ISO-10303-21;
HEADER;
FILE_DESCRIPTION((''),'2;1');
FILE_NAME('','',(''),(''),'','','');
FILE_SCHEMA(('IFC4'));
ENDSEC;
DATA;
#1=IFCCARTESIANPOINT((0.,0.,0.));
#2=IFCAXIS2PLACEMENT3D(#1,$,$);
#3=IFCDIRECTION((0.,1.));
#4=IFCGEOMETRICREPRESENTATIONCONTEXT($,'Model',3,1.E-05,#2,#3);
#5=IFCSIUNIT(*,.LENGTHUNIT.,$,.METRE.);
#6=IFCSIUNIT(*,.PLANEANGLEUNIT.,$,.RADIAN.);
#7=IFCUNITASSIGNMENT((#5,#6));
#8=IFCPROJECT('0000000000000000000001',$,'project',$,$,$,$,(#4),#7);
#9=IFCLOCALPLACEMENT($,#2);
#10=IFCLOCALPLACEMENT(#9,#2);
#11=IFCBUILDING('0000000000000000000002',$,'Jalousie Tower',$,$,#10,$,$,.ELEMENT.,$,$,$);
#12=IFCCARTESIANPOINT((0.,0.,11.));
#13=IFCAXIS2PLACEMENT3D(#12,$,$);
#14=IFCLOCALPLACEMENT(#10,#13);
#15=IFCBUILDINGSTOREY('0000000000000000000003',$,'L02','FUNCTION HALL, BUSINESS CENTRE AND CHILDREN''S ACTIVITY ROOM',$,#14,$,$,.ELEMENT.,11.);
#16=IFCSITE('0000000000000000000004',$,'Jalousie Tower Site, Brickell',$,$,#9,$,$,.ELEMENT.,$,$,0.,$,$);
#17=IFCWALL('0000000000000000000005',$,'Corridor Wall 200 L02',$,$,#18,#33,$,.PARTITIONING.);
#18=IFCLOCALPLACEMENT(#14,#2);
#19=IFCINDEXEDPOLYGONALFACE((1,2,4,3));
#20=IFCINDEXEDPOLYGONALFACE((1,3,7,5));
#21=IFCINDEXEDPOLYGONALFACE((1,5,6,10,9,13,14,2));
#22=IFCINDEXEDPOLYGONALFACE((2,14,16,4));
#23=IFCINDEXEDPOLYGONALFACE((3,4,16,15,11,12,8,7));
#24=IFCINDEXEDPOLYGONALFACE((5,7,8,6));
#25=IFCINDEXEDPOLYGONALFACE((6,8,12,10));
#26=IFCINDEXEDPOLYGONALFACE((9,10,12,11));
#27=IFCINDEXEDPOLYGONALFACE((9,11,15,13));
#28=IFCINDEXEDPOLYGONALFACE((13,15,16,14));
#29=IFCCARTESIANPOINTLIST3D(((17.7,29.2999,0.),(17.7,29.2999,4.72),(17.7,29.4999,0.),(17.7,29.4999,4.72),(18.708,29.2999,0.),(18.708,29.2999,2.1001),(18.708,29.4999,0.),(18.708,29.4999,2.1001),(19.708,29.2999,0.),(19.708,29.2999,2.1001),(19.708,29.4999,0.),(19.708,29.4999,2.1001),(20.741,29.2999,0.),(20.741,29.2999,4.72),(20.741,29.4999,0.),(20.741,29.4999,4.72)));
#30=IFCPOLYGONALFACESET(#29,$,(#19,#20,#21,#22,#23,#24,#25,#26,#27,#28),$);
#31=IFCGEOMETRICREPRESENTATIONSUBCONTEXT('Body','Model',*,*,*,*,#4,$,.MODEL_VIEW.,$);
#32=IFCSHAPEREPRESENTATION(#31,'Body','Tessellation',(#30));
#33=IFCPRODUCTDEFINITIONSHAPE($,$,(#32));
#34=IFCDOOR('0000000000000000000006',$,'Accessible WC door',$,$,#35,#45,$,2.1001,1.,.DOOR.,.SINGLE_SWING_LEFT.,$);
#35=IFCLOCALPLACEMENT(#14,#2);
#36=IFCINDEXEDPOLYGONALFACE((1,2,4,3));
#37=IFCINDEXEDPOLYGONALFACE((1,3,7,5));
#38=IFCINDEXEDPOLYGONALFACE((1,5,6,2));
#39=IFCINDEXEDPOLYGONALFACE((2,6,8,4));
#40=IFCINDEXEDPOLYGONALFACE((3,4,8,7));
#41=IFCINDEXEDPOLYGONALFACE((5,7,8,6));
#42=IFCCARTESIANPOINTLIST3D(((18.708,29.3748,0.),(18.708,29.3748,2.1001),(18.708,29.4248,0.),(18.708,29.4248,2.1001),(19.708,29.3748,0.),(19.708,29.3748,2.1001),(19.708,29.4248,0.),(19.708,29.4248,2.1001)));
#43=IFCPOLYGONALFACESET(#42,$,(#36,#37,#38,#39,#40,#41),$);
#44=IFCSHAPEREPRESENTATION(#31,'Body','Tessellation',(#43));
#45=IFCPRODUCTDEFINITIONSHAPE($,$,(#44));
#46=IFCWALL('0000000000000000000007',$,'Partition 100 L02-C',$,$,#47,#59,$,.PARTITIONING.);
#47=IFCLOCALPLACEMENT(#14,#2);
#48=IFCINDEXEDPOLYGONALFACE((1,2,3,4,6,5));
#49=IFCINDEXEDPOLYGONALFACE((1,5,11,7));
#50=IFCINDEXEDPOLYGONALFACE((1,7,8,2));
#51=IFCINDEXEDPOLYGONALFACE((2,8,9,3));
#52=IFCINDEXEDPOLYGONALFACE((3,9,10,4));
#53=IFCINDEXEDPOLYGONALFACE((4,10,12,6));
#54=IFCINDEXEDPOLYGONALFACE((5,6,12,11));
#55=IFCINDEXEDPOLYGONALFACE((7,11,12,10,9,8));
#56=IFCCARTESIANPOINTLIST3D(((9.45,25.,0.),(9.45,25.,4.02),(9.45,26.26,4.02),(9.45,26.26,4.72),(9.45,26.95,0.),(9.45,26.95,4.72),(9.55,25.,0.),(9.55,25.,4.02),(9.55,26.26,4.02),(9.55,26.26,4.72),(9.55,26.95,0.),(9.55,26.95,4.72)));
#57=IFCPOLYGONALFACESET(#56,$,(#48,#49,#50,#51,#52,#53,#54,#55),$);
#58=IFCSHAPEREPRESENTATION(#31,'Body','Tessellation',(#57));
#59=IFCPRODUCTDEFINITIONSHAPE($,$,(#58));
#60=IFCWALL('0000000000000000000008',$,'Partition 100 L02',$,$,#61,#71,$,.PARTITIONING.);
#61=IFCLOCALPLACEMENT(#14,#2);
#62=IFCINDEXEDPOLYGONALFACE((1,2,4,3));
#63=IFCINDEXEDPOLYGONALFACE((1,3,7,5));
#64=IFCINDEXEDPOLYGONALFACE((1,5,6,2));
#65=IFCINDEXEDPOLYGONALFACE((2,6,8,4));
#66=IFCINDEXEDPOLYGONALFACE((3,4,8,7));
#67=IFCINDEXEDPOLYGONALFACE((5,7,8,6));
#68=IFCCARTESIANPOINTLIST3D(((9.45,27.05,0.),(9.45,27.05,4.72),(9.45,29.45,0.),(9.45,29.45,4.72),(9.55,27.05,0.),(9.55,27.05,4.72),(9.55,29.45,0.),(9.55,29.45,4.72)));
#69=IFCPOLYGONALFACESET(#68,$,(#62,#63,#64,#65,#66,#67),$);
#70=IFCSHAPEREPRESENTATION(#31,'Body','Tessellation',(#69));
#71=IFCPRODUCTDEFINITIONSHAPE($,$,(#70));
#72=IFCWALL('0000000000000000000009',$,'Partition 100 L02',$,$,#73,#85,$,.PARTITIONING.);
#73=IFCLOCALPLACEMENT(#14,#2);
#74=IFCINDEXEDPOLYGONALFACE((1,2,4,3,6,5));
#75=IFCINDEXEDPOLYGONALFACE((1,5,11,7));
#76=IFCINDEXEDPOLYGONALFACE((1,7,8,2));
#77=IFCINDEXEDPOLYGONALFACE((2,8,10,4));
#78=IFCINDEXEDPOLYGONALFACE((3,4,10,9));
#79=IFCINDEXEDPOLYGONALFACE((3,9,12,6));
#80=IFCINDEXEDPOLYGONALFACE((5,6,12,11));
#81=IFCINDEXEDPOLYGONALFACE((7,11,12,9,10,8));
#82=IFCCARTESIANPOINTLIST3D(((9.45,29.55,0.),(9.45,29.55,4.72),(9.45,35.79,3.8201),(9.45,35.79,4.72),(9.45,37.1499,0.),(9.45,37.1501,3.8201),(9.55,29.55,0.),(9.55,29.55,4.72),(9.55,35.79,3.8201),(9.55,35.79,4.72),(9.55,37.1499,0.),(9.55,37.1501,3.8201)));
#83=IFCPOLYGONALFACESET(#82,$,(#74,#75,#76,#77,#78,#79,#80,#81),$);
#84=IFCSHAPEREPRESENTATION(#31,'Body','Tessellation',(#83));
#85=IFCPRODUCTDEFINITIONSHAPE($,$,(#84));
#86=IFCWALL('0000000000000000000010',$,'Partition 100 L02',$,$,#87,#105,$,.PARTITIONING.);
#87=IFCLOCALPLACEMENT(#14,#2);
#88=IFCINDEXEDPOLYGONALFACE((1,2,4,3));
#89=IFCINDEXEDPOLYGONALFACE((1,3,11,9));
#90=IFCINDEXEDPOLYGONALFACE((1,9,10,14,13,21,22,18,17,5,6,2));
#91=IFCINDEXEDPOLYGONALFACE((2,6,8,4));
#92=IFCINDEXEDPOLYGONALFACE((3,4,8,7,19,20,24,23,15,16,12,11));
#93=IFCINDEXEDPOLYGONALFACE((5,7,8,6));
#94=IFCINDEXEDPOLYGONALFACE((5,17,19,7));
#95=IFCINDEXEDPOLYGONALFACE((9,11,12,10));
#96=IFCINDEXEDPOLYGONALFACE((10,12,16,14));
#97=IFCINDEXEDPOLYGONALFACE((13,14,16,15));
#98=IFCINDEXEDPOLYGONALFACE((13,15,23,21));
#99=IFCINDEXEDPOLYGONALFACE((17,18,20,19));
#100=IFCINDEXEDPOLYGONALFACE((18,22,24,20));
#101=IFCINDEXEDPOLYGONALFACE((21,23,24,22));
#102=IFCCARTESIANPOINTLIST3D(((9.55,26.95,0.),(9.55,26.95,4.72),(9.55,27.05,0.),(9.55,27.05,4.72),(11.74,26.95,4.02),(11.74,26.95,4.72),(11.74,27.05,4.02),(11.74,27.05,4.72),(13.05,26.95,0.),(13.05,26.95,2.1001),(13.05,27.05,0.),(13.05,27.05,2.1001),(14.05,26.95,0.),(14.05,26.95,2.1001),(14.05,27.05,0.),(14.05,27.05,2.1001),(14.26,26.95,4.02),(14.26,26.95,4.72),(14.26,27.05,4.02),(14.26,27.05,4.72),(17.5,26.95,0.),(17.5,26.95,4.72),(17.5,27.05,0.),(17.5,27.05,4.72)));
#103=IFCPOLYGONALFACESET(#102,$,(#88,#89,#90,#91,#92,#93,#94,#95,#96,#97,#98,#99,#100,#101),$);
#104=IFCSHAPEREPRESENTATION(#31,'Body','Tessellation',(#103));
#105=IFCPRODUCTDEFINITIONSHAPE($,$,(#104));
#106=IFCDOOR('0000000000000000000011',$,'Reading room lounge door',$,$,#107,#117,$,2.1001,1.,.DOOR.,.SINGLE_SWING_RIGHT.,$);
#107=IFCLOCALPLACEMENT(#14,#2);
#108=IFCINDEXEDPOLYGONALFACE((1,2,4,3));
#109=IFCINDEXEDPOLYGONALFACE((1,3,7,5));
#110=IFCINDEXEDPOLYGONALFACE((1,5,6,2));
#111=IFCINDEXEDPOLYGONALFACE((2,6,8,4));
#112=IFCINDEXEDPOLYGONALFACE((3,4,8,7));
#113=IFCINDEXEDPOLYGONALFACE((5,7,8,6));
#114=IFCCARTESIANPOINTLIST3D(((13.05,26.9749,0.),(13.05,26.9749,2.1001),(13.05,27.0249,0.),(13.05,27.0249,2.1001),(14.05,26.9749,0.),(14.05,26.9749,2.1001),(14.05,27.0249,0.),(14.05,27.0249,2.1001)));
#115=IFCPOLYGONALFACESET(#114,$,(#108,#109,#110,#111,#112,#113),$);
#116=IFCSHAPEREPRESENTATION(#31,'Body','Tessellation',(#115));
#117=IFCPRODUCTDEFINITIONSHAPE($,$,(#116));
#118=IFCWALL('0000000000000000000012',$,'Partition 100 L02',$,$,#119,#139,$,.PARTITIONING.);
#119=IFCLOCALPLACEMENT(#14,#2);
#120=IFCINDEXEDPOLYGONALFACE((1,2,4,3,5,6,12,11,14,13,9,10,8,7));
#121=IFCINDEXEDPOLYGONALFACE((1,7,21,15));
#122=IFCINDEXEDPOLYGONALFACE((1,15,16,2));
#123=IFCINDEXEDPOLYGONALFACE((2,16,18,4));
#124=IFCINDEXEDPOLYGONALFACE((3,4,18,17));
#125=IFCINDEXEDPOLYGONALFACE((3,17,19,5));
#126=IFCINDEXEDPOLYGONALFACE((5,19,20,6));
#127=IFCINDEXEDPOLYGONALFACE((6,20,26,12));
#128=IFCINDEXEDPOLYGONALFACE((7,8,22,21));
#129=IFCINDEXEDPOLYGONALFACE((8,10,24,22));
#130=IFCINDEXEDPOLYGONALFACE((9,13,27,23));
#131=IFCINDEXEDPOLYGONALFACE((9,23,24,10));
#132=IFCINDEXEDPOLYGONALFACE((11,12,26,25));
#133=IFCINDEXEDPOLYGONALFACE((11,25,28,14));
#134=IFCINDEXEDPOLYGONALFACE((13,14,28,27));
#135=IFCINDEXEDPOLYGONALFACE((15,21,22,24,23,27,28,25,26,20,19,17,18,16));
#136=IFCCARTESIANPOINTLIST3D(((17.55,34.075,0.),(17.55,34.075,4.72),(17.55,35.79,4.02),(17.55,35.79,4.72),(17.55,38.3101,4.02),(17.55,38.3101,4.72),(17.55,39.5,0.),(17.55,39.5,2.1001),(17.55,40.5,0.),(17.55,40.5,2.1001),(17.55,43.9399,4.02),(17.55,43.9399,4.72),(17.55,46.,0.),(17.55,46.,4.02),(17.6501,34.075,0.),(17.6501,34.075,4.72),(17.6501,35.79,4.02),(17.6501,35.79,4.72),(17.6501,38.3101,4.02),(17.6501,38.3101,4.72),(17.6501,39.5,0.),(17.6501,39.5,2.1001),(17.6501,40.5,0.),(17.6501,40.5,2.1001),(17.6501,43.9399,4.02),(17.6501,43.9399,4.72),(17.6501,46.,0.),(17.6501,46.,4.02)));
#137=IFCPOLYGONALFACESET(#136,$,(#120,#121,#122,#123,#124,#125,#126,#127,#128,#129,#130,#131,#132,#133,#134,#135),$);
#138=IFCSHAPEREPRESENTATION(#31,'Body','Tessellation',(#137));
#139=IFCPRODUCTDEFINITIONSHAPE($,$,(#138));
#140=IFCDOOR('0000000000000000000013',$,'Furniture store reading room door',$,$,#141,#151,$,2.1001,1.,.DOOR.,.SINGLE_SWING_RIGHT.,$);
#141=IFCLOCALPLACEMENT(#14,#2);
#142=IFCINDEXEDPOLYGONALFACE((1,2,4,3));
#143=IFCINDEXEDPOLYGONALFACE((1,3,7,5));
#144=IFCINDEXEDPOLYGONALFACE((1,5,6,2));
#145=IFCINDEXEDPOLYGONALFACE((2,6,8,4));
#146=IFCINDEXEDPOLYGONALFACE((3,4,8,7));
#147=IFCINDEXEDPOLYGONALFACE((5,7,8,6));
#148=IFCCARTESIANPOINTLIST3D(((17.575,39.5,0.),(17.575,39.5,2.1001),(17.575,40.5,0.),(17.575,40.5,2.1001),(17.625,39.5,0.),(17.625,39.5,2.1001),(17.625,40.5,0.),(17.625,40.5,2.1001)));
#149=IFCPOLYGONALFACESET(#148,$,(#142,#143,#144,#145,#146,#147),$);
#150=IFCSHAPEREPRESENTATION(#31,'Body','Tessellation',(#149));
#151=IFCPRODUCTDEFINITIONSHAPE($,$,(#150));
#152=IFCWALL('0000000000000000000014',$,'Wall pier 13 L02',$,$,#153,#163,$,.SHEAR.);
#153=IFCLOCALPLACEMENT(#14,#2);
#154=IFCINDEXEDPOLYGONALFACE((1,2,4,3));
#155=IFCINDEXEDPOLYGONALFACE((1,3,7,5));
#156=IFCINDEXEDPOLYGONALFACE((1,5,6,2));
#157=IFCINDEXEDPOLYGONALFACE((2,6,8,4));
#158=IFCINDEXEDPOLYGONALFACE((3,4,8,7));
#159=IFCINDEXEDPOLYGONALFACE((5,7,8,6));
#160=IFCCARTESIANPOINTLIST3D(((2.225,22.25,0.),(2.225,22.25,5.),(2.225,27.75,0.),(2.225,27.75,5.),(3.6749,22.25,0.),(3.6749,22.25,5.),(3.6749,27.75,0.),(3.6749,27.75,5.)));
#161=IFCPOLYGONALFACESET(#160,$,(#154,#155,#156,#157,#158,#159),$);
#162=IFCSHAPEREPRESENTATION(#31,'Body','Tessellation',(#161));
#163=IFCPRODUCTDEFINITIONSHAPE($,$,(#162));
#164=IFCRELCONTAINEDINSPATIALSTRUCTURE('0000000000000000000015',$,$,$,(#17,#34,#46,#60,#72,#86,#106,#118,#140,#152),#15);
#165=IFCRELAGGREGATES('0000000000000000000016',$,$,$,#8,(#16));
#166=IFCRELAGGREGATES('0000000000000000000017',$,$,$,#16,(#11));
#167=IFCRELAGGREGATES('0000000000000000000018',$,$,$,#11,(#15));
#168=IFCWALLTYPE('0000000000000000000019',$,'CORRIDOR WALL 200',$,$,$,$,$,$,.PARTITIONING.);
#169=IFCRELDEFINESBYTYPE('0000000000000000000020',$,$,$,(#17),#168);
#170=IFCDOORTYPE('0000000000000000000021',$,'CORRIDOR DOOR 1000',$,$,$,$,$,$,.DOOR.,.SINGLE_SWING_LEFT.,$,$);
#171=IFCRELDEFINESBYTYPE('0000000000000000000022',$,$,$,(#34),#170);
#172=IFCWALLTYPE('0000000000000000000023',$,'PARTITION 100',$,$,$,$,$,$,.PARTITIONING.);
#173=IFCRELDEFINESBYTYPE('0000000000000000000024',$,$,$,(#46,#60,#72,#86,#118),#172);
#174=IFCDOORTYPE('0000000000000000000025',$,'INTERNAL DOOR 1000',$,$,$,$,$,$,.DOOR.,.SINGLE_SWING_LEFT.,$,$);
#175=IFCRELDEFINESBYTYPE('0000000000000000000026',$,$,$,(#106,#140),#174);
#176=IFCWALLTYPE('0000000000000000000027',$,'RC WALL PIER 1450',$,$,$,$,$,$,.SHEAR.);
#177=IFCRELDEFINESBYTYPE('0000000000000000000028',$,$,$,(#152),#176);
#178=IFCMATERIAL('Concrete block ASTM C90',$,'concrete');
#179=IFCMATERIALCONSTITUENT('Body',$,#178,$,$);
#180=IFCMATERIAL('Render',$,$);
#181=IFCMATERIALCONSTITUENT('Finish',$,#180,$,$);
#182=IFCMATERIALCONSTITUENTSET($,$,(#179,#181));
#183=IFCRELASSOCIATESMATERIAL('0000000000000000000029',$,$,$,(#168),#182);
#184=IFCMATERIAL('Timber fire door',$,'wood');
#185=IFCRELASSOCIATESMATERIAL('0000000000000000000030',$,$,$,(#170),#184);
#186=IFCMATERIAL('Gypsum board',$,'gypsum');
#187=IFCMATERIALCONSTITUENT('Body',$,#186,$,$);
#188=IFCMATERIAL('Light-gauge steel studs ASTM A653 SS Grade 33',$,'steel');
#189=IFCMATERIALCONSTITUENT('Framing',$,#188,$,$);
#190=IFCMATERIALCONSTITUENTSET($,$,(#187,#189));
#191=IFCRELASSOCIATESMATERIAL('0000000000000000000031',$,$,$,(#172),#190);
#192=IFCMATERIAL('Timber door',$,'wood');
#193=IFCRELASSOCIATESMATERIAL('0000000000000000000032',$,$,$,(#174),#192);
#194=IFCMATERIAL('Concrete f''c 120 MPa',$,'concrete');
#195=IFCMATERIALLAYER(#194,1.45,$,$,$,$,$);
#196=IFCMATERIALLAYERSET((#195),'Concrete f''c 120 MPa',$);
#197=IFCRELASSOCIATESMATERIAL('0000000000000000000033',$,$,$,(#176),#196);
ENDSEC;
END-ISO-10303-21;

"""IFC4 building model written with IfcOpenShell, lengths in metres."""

from ifc_helpers import new_model, si_unit, direction, frame, frame_2d, origin, place, context, subcontext, project, spatial, polyline, rectangle, outline, extrude, material, layer, layer_set, constituent, constituent_set, type_object, element, fill, save


model = new_model("IFC4")

# Units and contexts
model_context = context("Model", 3, precision=1e-05, world=origin(), true_north=direction((0.0, 1.0)))
body_context = subcontext(model_context, "Body", "Model", "MODEL_VIEW")
ifc_project = project(units=[si_unit("LENGTHUNIT", "METRE"), si_unit("PLANEANGLEUNIT", "RADIAN")], contexts=[model_context])

# Site, building, storey
site_placement = place(None, origin())
site = spatial("IfcSite", under=ifc_project, at=site_placement, Name="Jalousie Tower Site, Brickell", CompositionType="ELEMENT", RefElevation=0.0)
building_placement = place(site_placement, origin())
building = spatial("IfcBuilding", under=site, at=building_placement, Name="Jalousie Tower", CompositionType="ELEMENT")
storey_placement = place(building_placement, frame((0.0, 0.0, 11.0)))
storey = spatial("IfcBuildingStorey", under=building, at=storey_placement, Name="L02", Description="FUNCTION HALL, BUSINESS CENTRE AND CHILDREN'S ACTIVITY ROOM", CompositionType="ELEMENT", Elevation=11.0)

# Shared definitions
ifc_material_1 = material(Name="Concrete block ASTM C90", Category="concrete")
ifc_constituent_1 = constituent(ifc_material_1, Name="Body")
ifc_material_2 = material(Name="Render")
ifc_constituent_2 = constituent(ifc_material_2, Name="Finish")
ifc_constituent_set_1 = constituent_set(constituents=[ifc_constituent_1, ifc_constituent_2])
wall_type_1 = type_object("IfcWallType", Name="CORRIDOR WALL 200", PredefinedType="PARTITIONING", material=ifc_constituent_set_1)
ifc_material_3 = material(Name="Timber fire door", Category="wood")
door_type_1 = type_object("IfcDoorType", Name="CORRIDOR DOOR 1000", OperationType="SINGLE_SWING_LEFT", PredefinedType="DOOR", material=ifc_material_3)

# Wall, opening, door
wall_1_placement = place(storey_placement, frame((17.7, 29.3999, 0.0), z_axis=(0.0, 0.0, 1.0), x_axis=(1.0, 0.0, 0.0)))
wall_1 = element("IfcWall", 1, at=wall_1_placement, inside=storey, type_object=wall_type_1, Name="Corridor Wall 200 L02", PredefinedType="PARTITIONING", context=body_context, shape_type="SweptSolid", body=[
    extrude(rectangle(XDim=3.041, YDim=0.2, at=frame_2d((1.5205, 0.0))), origin(), (0.0, 0.0, 1.0), 4.72),
])
opening_1_placement = place(wall_1_placement, frame((1.0081, 0.0, 0.0)))
opening_1 = element("IfcOpeningElement", 2, at=opening_1_placement, cuts=wall_1, PredefinedType="OPENING", context=body_context, shape_type="SweptSolid", body=[
    extrude(rectangle(XDim=1.0, YDim=2.1001, at=frame_2d((0.5, 1.05))), frame((0.0, 0.1099, 0.0), z_axis=(0.0, -1.0, 0.0), x_axis=(1.0, 0.0, 0.0)), (0.0, 0.0, 1.0), 0.22),
])
door_1_placement = place(opening_1_placement, origin())
door_1 = element("IfcDoor", 3, at=door_1_placement, inside=storey, type_object=door_type_1, Name="Accessible WC door", OperationType="SINGLE_SWING_LEFT", OverallHeight=2.1001, OverallWidth=1.0, PredefinedType="DOOR", context=body_context, shape_type="SweptSolid", body=[
    extrude(rectangle(XDim=1.0, YDim=2.1001, at=frame_2d((0.5, 1.05))), frame((0.0, 0.0249, 0.0), z_axis=(0.0, -1.0, 0.0), x_axis=(1.0, 0.0, 0.0)), (0.0, 0.0, 1.0), 0.05),
])
fill(opening_1, door_1)

# Walls
ifc_material_4 = material(Name="Gypsum board", Category="gypsum")
ifc_constituent_3 = constituent(ifc_material_4, Name="Body")
ifc_material_5 = material(Name="Light-gauge steel studs ASTM A653 SS Grade 33", Category="steel")
ifc_constituent_4 = constituent(ifc_material_5, Name="Framing")
ifc_constituent_set_2 = constituent_set(constituents=[ifc_constituent_3, ifc_constituent_4])
wall_type_2 = type_object("IfcWallType", Name="PARTITION 100", PredefinedType="PARTITIONING", material=ifc_constituent_set_2)
wall_2_placement = place(storey_placement, frame((9.5, 25.0, 0.0), z_axis=(0.0, 0.0, 1.0), x_axis=(0.0, 1.0, 0.0)))
element("IfcWall", 4, at=wall_2_placement, inside=storey, type_object=wall_type_2, Name="Partition 100 L02-C", PredefinedType="PARTITIONING", context=body_context, shape_type="SweptSolid", body=[
    extrude(outline(polyline([(0.0, 0.0), (1.95, 0.0), (1.95, 4.72), (1.26, 4.72), (1.26, 4.02), (0.0, 4.02), (0.0, 0.0)])), frame((0.0, 0.05, 0.0), z_axis=(0.0, -1.0, 0.0), x_axis=(1.0, 0.0, 0.0)), (0.0, 0.0, 1.0), 0.1001),
])
wall_3_placement = place(storey_placement, frame((9.5, 27.05, 0.0), z_axis=(0.0, 0.0, 1.0), x_axis=(0.0, 1.0, 0.0)))
element("IfcWall", 5, at=wall_3_placement, inside=storey, type_object=wall_type_2, Name="Partition 100 L02", PredefinedType="PARTITIONING", context=body_context, shape_type="SweptSolid", body=[
    extrude(rectangle(XDim=2.3999, YDim=0.1001, at=frame_2d((1.2, 0.0))), origin(), (0.0, 0.0, 1.0), 4.72),
])
wall_4_placement = place(storey_placement, frame((9.5, 29.55, 0.0), z_axis=(0.0, 0.0, 1.0), x_axis=(0.0, 1.0, 0.0)))
element("IfcWall", 6, at=wall_4_placement, inside=storey, type_object=wall_type_2, Name="Partition 100 L02", PredefinedType="PARTITIONING", context=body_context, shape_type="SweptSolid", body=[
    extrude(outline(polyline([(0.0, 0.0), (7.5999, 0.0), (7.6001, 4.72), (7.6001, 3.8201), (6.24, 3.8201), (6.24, 4.72), (0.0, 4.72), (0.0, 0.0)])), frame((0.0, 0.05, 0.0), z_axis=(0.0, -1.0, 0.0), x_axis=(1.0, 0.0, 0.0)), (0.0, 0.0, 1.0), 0.1001),
])

# Walls, openings, doors
wall_5_placement = place(storey_placement, frame((9.55, 27.0, 0.0), z_axis=(0.0, 0.0, 1.0), x_axis=(1.0, 0.0, 0.0)))
wall_5 = element("IfcWall", 7, at=wall_5_placement, inside=storey, type_object=wall_type_2, Name="Partition 100 L02", PredefinedType="PARTITIONING", context=body_context, shape_type="SweptSolid", body=[
    extrude(outline(polyline([(0.0, 0.0), (7.95, 0.0), (7.95, 4.72), (4.71, 4.72), (4.71, 4.02), (2.1899, 4.02), (2.1899, 4.72), (0.0, 4.72), (0.0, 0.0)])), frame((0.0, 0.05, 0.0), z_axis=(0.0, -1.0, 0.0), x_axis=(1.0, 0.0, 0.0)), (0.0, 0.0, 1.0), 0.1001),
])
opening_2_placement = place(wall_5_placement, frame((3.5, 0.0, 0.0)))
opening_2 = element("IfcOpeningElement", 8, at=opening_2_placement, cuts=wall_5, PredefinedType="OPENING", context=body_context, shape_type="SweptSolid", body=[
    extrude(rectangle(XDim=1.0, YDim=2.1001, at=frame_2d((0.5, 1.05))), frame((0.0, 0.0601, 0.0), z_axis=(0.0, -1.0, 0.0), x_axis=(1.0, 0.0, 0.0)), (0.0, 0.0, 1.0), 0.1201),
])
ifc_material_6 = material(Name="Timber door", Category="wood")
door_type_2 = type_object("IfcDoorType", Name="INTERNAL DOOR 1000", OperationType="SINGLE_SWING_LEFT", PredefinedType="DOOR", material=ifc_material_6)
door_2_placement = place(opening_2_placement, origin())
door_2 = element("IfcDoor", 9, at=door_2_placement, inside=storey, type_object=door_type_2, Name="Reading room lounge door", OperationType="SINGLE_SWING_RIGHT", OverallHeight=2.1001, OverallWidth=1.0, PredefinedType="DOOR", context=body_context, shape_type="SweptSolid", body=[
    extrude(rectangle(XDim=1.0, YDim=2.1001, at=frame_2d((0.5, 1.05))), frame((0.0, 0.0249, 0.0), z_axis=(0.0, -1.0, 0.0), x_axis=(1.0, 0.0, 0.0)), (0.0, 0.0, 1.0), 0.05),
])
fill(opening_2, door_2)
wall_6_placement = place(storey_placement, frame((17.6001, 34.075, 0.0), z_axis=(0.0, 0.0, 1.0), x_axis=(0.0, 1.0, 0.0)))
wall_6 = element("IfcWall", 10, at=wall_6_placement, inside=storey, type_object=wall_type_2, Name="Partition 100 L02", PredefinedType="PARTITIONING", context=body_context, shape_type="SweptSolid", body=[
    extrude(outline(polyline([(0.0, 0.0), (11.925, 0.0), (11.925, 4.72), (11.925, 4.02), (9.865, 4.02), (9.865, 4.72), (4.2351, 4.72), (4.2351, 4.02), (1.7151, 4.02), (1.7151, 4.72), (0.0, 4.72), (0.0, 0.0)])), frame((0.0, 0.05, 0.0), z_axis=(0.0, -1.0, 0.0), x_axis=(1.0, 0.0, 0.0)), (0.0, 0.0, 1.0), 0.1001),
])
opening_3_placement = place(wall_6_placement, frame((5.425, 0.0, 0.0)))
opening_3 = element("IfcOpeningElement", 11, at=opening_3_placement, cuts=wall_6, PredefinedType="OPENING", context=body_context, shape_type="SweptSolid", body=[
    extrude(rectangle(XDim=1.0, YDim=2.1001, at=frame_2d((0.5, 1.05))), frame((0.0, 0.0601, 0.0), z_axis=(0.0, -1.0, 0.0), x_axis=(1.0, 0.0, 0.0)), (0.0, 0.0, 1.0), 0.1201),
])
door_3_placement = place(opening_3_placement, frame((1.0, 0.0, 0.0), z_axis=(0.0, 0.0, 1.0), x_axis=(-1.0, 0.0, 0.0)))
door_3 = element("IfcDoor", 12, at=door_3_placement, inside=storey, type_object=door_type_2, Name="Furniture store reading room door", OperationType="SINGLE_SWING_RIGHT", OverallHeight=2.1001, OverallWidth=1.0, PredefinedType="DOOR", context=body_context, shape_type="SweptSolid", body=[
    extrude(rectangle(XDim=1.0, YDim=2.1001, at=frame_2d((0.5, 1.05))), frame((0.0, 0.0249, 0.0), z_axis=(0.0, -1.0, 0.0), x_axis=(1.0, 0.0, 0.0)), (0.0, 0.0, 1.0), 0.05),
])
fill(opening_3, door_3)

# Wall
ifc_material_7 = material(Name="Concrete f'c 120 MPa", Category="concrete")
ifc_layer = layer(ifc_material_7, 1.45)
ifc_layer_set = layer_set([ifc_layer], Name="Concrete f'c 120 MPa")
wall_type_3 = type_object("IfcWallType", Name="RC WALL PIER 1450", PredefinedType="SHEAR", material=ifc_layer_set)
wall_7_placement = place(storey_placement, frame((2.95, 22.25, 0.0), z_axis=(0.0, 0.0, 1.0), x_axis=(0.0, 1.0, 0.0)))
element("IfcWall", 13, at=wall_7_placement, inside=storey, type_object=wall_type_3, Name="Wall pier 13 L02", PredefinedType="SHEAR", context=body_context, shape_type="SweptSolid", body=[
    extrude(rectangle(XDim=5.5, YDim=1.45, at=frame_2d((2.75, 0.0))), origin(), (0.0, 0.0, 1.0), 5.0),
])

save(model, "model.ifc")
